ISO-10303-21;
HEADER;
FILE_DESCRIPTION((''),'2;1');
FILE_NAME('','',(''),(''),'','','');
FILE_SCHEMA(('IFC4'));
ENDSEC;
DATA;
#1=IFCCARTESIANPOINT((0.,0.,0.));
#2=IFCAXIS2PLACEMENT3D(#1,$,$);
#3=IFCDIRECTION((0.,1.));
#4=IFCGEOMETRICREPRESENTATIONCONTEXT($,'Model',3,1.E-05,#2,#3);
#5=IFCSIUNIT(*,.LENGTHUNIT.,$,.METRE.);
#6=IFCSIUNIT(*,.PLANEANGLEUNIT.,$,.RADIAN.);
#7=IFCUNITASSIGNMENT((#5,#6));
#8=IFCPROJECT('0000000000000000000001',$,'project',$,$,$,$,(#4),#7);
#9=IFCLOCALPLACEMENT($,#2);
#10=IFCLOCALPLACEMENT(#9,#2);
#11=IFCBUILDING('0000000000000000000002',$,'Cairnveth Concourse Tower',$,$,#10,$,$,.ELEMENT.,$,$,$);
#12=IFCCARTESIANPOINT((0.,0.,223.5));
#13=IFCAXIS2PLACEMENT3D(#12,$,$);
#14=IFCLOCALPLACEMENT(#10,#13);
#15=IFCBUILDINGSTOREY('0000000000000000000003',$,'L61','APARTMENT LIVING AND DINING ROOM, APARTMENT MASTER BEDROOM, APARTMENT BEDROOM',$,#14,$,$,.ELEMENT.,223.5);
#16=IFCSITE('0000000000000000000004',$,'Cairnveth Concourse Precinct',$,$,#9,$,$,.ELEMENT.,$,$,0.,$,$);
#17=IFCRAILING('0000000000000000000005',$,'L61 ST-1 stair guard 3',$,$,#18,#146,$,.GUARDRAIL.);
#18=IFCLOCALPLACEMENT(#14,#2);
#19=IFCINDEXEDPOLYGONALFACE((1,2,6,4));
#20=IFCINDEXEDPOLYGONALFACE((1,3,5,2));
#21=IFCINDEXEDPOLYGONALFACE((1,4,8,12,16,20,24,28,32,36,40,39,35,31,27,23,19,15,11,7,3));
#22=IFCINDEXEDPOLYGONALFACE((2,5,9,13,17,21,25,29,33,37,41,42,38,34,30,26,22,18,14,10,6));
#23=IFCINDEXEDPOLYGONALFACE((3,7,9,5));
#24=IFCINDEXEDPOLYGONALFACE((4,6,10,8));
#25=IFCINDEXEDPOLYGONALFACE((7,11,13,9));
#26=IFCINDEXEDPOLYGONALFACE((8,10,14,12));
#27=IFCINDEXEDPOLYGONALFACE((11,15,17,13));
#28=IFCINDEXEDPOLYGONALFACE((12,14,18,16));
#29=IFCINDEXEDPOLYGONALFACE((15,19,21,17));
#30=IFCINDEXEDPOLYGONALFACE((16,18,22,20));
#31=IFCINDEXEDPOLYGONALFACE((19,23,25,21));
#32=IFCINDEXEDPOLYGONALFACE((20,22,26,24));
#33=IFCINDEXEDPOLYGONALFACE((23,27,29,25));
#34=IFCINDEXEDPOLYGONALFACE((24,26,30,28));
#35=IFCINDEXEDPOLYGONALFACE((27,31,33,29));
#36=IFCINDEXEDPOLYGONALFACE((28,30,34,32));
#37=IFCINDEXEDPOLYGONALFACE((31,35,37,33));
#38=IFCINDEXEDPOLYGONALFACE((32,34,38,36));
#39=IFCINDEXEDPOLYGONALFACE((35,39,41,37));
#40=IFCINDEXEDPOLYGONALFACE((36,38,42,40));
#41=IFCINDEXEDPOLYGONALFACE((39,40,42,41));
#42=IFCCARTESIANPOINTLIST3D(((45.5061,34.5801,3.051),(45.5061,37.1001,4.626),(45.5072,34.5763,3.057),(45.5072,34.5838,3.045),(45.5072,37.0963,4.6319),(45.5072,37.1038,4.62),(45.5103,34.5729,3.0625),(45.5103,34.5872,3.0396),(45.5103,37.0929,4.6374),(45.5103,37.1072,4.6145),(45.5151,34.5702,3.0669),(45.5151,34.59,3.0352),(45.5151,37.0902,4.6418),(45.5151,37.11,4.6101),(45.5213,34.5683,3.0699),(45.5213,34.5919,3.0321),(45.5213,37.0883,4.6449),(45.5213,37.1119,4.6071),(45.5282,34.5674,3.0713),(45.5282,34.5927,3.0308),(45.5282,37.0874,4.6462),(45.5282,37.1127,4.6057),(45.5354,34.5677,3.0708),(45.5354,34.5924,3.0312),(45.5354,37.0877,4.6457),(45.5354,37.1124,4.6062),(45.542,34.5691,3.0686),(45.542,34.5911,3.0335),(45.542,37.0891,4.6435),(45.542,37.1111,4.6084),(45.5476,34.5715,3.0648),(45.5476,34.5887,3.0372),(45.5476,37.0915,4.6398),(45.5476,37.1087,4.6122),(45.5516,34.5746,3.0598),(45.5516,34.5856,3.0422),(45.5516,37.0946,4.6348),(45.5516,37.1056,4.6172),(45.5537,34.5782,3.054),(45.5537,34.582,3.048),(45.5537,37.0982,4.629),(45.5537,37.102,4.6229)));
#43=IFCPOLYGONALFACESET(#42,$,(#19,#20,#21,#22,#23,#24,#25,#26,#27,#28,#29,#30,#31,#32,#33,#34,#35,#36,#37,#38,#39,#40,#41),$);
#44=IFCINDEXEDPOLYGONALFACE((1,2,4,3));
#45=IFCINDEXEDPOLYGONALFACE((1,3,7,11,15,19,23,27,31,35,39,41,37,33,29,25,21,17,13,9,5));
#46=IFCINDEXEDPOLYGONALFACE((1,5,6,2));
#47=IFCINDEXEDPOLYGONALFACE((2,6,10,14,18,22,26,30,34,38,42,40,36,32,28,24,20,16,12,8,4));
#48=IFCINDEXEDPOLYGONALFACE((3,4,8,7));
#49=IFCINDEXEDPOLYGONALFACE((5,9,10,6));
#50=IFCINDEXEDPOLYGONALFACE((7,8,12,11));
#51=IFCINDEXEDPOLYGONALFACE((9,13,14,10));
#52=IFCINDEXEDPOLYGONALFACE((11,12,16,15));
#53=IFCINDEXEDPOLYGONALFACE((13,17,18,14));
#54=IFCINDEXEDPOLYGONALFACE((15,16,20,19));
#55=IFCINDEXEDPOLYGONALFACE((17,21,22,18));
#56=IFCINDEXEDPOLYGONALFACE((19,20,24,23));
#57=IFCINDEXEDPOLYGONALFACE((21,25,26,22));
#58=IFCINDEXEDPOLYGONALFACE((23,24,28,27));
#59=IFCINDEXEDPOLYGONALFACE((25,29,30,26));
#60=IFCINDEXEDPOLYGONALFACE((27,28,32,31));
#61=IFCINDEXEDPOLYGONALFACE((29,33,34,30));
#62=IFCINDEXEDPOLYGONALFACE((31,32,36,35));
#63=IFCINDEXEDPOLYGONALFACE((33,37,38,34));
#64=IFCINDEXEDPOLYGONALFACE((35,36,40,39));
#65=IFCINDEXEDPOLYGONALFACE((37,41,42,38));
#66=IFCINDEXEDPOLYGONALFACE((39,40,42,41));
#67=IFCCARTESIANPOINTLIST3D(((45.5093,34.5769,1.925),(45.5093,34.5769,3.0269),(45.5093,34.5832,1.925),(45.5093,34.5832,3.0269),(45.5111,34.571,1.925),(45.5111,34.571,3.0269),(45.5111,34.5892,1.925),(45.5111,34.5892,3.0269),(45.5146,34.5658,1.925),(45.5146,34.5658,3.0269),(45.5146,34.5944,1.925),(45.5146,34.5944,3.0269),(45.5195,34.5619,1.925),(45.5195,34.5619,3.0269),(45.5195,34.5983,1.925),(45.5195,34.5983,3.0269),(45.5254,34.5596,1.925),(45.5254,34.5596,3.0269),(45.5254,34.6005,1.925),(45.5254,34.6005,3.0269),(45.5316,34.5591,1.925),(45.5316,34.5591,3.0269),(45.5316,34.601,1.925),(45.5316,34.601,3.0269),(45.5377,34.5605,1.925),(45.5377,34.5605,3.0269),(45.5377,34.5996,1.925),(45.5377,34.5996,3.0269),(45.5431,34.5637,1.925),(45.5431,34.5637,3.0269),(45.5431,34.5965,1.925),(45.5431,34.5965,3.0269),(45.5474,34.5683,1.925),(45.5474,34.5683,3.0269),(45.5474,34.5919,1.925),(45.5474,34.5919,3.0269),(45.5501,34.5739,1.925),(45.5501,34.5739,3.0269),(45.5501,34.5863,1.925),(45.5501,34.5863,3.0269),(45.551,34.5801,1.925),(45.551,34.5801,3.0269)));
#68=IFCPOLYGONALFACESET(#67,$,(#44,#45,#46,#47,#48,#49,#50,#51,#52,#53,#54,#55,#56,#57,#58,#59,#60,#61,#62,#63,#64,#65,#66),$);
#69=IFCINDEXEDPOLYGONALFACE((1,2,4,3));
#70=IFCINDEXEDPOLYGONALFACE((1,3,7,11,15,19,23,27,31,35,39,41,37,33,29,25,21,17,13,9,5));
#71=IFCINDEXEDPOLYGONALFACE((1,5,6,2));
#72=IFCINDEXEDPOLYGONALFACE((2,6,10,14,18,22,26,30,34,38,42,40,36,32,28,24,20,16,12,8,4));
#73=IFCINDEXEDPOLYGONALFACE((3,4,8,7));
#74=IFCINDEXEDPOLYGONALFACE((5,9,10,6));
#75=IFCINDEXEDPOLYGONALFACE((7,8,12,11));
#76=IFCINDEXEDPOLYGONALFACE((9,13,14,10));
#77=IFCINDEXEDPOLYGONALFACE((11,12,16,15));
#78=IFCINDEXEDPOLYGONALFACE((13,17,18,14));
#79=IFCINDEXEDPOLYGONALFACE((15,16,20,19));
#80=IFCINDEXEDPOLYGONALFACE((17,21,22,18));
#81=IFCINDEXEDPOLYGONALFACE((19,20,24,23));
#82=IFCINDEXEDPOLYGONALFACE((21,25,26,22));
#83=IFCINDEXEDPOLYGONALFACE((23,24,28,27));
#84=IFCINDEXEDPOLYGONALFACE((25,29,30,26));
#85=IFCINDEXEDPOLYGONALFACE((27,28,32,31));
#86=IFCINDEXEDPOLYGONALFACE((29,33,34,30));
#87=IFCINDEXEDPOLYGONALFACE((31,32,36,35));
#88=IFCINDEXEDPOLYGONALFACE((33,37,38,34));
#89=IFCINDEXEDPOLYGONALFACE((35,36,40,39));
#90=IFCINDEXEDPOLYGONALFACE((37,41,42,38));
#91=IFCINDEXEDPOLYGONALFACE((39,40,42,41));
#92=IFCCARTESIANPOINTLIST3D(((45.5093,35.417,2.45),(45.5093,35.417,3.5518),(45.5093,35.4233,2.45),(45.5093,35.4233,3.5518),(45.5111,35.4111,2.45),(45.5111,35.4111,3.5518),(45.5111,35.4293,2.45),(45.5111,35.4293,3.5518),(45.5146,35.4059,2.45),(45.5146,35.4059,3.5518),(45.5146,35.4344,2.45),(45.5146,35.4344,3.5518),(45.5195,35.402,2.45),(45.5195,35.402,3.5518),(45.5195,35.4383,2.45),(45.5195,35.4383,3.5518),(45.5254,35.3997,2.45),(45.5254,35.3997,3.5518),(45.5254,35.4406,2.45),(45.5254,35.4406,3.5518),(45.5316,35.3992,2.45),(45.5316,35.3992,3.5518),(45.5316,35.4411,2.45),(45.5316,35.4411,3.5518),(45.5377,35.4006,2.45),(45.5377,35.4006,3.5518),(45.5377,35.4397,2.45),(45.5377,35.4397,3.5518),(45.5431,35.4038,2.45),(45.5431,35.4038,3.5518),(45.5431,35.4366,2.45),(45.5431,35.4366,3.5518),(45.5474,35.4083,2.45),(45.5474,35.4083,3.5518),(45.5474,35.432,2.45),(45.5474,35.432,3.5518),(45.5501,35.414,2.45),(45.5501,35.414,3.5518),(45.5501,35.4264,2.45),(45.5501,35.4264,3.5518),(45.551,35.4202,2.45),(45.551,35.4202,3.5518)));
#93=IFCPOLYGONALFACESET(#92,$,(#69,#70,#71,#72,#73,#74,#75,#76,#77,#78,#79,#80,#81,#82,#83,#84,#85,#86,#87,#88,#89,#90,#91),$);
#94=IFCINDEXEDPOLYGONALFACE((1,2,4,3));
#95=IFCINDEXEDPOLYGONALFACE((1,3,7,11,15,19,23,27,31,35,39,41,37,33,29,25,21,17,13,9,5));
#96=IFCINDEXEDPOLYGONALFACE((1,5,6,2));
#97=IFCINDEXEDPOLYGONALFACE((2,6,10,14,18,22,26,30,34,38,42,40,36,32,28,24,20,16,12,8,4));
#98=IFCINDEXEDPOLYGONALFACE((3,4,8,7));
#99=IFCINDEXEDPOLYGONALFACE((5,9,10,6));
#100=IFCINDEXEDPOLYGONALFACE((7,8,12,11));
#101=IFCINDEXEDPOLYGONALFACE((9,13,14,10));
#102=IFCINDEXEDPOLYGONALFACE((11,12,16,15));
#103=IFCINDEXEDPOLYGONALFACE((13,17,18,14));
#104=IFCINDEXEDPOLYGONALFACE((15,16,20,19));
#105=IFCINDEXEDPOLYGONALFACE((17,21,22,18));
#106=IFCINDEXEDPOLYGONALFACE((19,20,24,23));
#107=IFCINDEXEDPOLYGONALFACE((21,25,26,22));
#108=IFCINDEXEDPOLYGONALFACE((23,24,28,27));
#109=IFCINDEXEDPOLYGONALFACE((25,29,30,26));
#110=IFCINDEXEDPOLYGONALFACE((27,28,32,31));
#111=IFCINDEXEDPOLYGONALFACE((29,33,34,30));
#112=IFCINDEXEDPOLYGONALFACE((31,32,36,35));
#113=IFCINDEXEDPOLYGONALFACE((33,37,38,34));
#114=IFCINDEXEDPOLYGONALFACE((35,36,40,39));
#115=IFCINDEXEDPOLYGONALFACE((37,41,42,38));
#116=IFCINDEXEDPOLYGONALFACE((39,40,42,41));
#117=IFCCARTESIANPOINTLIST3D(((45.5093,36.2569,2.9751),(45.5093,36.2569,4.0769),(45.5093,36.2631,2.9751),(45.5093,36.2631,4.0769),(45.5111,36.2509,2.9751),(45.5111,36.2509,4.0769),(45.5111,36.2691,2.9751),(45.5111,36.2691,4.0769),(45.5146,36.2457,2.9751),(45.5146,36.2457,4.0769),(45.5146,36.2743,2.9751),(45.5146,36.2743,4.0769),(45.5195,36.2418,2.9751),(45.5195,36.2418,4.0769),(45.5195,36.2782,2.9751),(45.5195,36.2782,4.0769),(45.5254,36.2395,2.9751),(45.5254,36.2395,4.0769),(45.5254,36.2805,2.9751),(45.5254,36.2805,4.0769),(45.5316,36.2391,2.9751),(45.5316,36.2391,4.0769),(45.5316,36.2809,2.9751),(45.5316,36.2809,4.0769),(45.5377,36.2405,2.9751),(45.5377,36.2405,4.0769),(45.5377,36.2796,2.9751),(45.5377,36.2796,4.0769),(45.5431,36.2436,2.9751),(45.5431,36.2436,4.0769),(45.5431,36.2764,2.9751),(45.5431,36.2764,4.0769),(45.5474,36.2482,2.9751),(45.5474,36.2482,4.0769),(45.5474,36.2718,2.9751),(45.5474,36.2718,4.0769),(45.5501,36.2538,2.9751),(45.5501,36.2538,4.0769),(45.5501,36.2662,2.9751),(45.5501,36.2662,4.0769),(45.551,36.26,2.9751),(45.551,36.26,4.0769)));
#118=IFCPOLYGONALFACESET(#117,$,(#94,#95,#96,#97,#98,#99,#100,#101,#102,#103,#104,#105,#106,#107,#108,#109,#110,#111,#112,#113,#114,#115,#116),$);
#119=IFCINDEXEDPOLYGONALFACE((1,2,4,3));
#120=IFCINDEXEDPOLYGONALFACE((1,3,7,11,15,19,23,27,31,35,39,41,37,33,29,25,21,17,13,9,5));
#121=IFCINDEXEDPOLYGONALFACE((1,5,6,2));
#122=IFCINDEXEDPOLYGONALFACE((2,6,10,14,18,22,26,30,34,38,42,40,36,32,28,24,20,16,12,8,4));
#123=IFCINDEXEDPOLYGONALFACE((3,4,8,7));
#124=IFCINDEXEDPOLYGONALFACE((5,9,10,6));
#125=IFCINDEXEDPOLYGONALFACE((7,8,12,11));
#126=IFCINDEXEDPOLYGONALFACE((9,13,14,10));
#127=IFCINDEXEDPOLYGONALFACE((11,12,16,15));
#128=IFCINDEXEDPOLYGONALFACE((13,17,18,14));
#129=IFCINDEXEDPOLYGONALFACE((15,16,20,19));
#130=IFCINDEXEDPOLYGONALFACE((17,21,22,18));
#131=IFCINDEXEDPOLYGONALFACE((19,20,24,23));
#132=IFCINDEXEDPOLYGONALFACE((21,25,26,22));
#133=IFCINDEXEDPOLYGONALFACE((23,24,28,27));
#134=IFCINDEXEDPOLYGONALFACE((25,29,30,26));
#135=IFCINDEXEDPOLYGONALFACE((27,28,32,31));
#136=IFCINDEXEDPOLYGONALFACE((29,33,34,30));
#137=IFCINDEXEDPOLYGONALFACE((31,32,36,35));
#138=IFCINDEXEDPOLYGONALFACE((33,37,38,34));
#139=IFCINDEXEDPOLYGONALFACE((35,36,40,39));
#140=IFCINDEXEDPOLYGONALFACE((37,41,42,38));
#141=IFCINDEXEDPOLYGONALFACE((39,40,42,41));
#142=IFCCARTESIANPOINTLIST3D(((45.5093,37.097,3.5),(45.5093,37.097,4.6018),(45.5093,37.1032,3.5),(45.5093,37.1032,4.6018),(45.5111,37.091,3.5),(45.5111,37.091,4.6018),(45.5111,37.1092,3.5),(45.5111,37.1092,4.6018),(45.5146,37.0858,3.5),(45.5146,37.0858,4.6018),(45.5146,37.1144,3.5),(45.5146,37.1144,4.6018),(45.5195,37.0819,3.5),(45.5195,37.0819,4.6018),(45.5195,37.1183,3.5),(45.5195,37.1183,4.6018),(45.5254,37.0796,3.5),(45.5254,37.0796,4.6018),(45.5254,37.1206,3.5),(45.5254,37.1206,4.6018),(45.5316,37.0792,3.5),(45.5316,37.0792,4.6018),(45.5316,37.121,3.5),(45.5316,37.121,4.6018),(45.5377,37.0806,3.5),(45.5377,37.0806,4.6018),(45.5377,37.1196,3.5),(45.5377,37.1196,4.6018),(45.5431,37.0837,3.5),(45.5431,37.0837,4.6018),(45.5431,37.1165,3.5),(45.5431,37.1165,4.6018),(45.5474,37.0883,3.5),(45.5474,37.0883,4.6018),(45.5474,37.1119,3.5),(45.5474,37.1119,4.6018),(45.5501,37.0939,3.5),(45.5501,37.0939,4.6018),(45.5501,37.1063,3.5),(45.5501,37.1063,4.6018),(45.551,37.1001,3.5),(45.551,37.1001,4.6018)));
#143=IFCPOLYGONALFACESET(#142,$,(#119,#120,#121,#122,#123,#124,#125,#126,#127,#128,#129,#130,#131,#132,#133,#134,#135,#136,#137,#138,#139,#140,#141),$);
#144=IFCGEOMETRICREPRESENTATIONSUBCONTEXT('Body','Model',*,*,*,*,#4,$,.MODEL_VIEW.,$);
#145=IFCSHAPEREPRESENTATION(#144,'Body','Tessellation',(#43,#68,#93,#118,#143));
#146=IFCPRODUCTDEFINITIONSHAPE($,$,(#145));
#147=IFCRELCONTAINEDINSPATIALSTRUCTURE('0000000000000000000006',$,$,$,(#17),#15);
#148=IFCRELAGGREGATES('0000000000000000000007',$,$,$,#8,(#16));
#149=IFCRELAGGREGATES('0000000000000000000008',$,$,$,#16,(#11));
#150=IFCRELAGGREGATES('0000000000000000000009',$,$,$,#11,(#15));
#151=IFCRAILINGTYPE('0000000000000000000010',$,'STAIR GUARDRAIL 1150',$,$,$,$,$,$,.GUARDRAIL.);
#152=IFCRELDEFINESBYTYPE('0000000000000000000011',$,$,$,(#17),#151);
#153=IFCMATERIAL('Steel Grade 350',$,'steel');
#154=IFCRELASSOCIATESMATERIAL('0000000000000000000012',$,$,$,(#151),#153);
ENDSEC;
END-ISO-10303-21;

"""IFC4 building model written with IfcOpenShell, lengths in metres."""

from ifc_helpers import new_model, si_unit, direction, frame, origin, origin_2d, place, context, subcontext, project, spatial, circle, extrude, material, type_object, element, save


model = new_model("IFC4")

# Units and contexts
model_context = context("Model", 3, precision=1e-05, world=origin(), true_north=direction((0.0, 1.0)))
body_context = subcontext(model_context, "Body", "Model", "MODEL_VIEW")
ifc_project = project(units=[si_unit("LENGTHUNIT", "METRE"), si_unit("PLANEANGLEUNIT", "RADIAN")], contexts=[model_context])

# Site, building, storey
site_placement = place(None, origin())
site = spatial("IfcSite", under=ifc_project, at=site_placement, Name="Cairnveth Concourse Precinct", CompositionType="ELEMENT", RefElevation=0.0)
building_placement = place(site_placement, origin())
building = spatial("IfcBuilding", under=site, at=building_placement, Name="Cairnveth Concourse Tower", CompositionType="ELEMENT")
storey_placement = place(building_placement, frame((0.0, 0.0, 223.5)))
storey = spatial("IfcBuildingStorey", under=building, at=storey_placement, Name="L61", Description="APARTMENT LIVING AND DINING ROOM, APARTMENT MASTER BEDROOM, APARTMENT BEDROOM", CompositionType="ELEMENT", Elevation=223.5)

# Shared definitions
ifc_material_1 = material(Name="Steel Grade 350", Category="steel")

# Railing
railing_type_1 = type_object("IfcRailingType", Name="STAIR GUARDRAIL 1150", PredefinedType="GUARDRAIL", material=ifc_material_1)
railing_1_placement = place(storey_placement, frame((45.53, 34.5801, 1.925)))
element("IfcRailing", 1, at=railing_1_placement, inside=storey, type_object=railing_type_1, Name="L61 ST-1 stair guard 3", PredefinedType="GUARDRAIL", context=body_context, shape_type="SweptSolid", body=[
    extrude(circle(Radius=0.0239, at=origin_2d()), frame((0.0, 0.0, 1.126), z_axis=(0.0, 0.848008, 0.529984), x_axis=(-1.0, 0.0, 0.0)), (0.0, 0.0, 1.0), 2.9717),
    extrude(circle(Radius=0.021, at=origin_2d()), origin(), (0.0, 0.0, 1.0), 1.1018),
    extrude(circle(Radius=0.021, at=origin_2d()), frame((0.0, 0.8401, 0.5249)), (0.0, 0.0, 1.0), 1.1018),
    extrude(circle(Radius=0.021, at=origin_2d()), frame((0.0, 1.6799, 1.05)), (0.0, 0.0, 1.0), 1.1018),
    extrude(circle(Radius=0.021, at=origin_2d()), frame((0.0, 2.52, 1.575)), (0.0, 0.0, 1.0), 1.1018),
])

save(model, "model.ifc")
